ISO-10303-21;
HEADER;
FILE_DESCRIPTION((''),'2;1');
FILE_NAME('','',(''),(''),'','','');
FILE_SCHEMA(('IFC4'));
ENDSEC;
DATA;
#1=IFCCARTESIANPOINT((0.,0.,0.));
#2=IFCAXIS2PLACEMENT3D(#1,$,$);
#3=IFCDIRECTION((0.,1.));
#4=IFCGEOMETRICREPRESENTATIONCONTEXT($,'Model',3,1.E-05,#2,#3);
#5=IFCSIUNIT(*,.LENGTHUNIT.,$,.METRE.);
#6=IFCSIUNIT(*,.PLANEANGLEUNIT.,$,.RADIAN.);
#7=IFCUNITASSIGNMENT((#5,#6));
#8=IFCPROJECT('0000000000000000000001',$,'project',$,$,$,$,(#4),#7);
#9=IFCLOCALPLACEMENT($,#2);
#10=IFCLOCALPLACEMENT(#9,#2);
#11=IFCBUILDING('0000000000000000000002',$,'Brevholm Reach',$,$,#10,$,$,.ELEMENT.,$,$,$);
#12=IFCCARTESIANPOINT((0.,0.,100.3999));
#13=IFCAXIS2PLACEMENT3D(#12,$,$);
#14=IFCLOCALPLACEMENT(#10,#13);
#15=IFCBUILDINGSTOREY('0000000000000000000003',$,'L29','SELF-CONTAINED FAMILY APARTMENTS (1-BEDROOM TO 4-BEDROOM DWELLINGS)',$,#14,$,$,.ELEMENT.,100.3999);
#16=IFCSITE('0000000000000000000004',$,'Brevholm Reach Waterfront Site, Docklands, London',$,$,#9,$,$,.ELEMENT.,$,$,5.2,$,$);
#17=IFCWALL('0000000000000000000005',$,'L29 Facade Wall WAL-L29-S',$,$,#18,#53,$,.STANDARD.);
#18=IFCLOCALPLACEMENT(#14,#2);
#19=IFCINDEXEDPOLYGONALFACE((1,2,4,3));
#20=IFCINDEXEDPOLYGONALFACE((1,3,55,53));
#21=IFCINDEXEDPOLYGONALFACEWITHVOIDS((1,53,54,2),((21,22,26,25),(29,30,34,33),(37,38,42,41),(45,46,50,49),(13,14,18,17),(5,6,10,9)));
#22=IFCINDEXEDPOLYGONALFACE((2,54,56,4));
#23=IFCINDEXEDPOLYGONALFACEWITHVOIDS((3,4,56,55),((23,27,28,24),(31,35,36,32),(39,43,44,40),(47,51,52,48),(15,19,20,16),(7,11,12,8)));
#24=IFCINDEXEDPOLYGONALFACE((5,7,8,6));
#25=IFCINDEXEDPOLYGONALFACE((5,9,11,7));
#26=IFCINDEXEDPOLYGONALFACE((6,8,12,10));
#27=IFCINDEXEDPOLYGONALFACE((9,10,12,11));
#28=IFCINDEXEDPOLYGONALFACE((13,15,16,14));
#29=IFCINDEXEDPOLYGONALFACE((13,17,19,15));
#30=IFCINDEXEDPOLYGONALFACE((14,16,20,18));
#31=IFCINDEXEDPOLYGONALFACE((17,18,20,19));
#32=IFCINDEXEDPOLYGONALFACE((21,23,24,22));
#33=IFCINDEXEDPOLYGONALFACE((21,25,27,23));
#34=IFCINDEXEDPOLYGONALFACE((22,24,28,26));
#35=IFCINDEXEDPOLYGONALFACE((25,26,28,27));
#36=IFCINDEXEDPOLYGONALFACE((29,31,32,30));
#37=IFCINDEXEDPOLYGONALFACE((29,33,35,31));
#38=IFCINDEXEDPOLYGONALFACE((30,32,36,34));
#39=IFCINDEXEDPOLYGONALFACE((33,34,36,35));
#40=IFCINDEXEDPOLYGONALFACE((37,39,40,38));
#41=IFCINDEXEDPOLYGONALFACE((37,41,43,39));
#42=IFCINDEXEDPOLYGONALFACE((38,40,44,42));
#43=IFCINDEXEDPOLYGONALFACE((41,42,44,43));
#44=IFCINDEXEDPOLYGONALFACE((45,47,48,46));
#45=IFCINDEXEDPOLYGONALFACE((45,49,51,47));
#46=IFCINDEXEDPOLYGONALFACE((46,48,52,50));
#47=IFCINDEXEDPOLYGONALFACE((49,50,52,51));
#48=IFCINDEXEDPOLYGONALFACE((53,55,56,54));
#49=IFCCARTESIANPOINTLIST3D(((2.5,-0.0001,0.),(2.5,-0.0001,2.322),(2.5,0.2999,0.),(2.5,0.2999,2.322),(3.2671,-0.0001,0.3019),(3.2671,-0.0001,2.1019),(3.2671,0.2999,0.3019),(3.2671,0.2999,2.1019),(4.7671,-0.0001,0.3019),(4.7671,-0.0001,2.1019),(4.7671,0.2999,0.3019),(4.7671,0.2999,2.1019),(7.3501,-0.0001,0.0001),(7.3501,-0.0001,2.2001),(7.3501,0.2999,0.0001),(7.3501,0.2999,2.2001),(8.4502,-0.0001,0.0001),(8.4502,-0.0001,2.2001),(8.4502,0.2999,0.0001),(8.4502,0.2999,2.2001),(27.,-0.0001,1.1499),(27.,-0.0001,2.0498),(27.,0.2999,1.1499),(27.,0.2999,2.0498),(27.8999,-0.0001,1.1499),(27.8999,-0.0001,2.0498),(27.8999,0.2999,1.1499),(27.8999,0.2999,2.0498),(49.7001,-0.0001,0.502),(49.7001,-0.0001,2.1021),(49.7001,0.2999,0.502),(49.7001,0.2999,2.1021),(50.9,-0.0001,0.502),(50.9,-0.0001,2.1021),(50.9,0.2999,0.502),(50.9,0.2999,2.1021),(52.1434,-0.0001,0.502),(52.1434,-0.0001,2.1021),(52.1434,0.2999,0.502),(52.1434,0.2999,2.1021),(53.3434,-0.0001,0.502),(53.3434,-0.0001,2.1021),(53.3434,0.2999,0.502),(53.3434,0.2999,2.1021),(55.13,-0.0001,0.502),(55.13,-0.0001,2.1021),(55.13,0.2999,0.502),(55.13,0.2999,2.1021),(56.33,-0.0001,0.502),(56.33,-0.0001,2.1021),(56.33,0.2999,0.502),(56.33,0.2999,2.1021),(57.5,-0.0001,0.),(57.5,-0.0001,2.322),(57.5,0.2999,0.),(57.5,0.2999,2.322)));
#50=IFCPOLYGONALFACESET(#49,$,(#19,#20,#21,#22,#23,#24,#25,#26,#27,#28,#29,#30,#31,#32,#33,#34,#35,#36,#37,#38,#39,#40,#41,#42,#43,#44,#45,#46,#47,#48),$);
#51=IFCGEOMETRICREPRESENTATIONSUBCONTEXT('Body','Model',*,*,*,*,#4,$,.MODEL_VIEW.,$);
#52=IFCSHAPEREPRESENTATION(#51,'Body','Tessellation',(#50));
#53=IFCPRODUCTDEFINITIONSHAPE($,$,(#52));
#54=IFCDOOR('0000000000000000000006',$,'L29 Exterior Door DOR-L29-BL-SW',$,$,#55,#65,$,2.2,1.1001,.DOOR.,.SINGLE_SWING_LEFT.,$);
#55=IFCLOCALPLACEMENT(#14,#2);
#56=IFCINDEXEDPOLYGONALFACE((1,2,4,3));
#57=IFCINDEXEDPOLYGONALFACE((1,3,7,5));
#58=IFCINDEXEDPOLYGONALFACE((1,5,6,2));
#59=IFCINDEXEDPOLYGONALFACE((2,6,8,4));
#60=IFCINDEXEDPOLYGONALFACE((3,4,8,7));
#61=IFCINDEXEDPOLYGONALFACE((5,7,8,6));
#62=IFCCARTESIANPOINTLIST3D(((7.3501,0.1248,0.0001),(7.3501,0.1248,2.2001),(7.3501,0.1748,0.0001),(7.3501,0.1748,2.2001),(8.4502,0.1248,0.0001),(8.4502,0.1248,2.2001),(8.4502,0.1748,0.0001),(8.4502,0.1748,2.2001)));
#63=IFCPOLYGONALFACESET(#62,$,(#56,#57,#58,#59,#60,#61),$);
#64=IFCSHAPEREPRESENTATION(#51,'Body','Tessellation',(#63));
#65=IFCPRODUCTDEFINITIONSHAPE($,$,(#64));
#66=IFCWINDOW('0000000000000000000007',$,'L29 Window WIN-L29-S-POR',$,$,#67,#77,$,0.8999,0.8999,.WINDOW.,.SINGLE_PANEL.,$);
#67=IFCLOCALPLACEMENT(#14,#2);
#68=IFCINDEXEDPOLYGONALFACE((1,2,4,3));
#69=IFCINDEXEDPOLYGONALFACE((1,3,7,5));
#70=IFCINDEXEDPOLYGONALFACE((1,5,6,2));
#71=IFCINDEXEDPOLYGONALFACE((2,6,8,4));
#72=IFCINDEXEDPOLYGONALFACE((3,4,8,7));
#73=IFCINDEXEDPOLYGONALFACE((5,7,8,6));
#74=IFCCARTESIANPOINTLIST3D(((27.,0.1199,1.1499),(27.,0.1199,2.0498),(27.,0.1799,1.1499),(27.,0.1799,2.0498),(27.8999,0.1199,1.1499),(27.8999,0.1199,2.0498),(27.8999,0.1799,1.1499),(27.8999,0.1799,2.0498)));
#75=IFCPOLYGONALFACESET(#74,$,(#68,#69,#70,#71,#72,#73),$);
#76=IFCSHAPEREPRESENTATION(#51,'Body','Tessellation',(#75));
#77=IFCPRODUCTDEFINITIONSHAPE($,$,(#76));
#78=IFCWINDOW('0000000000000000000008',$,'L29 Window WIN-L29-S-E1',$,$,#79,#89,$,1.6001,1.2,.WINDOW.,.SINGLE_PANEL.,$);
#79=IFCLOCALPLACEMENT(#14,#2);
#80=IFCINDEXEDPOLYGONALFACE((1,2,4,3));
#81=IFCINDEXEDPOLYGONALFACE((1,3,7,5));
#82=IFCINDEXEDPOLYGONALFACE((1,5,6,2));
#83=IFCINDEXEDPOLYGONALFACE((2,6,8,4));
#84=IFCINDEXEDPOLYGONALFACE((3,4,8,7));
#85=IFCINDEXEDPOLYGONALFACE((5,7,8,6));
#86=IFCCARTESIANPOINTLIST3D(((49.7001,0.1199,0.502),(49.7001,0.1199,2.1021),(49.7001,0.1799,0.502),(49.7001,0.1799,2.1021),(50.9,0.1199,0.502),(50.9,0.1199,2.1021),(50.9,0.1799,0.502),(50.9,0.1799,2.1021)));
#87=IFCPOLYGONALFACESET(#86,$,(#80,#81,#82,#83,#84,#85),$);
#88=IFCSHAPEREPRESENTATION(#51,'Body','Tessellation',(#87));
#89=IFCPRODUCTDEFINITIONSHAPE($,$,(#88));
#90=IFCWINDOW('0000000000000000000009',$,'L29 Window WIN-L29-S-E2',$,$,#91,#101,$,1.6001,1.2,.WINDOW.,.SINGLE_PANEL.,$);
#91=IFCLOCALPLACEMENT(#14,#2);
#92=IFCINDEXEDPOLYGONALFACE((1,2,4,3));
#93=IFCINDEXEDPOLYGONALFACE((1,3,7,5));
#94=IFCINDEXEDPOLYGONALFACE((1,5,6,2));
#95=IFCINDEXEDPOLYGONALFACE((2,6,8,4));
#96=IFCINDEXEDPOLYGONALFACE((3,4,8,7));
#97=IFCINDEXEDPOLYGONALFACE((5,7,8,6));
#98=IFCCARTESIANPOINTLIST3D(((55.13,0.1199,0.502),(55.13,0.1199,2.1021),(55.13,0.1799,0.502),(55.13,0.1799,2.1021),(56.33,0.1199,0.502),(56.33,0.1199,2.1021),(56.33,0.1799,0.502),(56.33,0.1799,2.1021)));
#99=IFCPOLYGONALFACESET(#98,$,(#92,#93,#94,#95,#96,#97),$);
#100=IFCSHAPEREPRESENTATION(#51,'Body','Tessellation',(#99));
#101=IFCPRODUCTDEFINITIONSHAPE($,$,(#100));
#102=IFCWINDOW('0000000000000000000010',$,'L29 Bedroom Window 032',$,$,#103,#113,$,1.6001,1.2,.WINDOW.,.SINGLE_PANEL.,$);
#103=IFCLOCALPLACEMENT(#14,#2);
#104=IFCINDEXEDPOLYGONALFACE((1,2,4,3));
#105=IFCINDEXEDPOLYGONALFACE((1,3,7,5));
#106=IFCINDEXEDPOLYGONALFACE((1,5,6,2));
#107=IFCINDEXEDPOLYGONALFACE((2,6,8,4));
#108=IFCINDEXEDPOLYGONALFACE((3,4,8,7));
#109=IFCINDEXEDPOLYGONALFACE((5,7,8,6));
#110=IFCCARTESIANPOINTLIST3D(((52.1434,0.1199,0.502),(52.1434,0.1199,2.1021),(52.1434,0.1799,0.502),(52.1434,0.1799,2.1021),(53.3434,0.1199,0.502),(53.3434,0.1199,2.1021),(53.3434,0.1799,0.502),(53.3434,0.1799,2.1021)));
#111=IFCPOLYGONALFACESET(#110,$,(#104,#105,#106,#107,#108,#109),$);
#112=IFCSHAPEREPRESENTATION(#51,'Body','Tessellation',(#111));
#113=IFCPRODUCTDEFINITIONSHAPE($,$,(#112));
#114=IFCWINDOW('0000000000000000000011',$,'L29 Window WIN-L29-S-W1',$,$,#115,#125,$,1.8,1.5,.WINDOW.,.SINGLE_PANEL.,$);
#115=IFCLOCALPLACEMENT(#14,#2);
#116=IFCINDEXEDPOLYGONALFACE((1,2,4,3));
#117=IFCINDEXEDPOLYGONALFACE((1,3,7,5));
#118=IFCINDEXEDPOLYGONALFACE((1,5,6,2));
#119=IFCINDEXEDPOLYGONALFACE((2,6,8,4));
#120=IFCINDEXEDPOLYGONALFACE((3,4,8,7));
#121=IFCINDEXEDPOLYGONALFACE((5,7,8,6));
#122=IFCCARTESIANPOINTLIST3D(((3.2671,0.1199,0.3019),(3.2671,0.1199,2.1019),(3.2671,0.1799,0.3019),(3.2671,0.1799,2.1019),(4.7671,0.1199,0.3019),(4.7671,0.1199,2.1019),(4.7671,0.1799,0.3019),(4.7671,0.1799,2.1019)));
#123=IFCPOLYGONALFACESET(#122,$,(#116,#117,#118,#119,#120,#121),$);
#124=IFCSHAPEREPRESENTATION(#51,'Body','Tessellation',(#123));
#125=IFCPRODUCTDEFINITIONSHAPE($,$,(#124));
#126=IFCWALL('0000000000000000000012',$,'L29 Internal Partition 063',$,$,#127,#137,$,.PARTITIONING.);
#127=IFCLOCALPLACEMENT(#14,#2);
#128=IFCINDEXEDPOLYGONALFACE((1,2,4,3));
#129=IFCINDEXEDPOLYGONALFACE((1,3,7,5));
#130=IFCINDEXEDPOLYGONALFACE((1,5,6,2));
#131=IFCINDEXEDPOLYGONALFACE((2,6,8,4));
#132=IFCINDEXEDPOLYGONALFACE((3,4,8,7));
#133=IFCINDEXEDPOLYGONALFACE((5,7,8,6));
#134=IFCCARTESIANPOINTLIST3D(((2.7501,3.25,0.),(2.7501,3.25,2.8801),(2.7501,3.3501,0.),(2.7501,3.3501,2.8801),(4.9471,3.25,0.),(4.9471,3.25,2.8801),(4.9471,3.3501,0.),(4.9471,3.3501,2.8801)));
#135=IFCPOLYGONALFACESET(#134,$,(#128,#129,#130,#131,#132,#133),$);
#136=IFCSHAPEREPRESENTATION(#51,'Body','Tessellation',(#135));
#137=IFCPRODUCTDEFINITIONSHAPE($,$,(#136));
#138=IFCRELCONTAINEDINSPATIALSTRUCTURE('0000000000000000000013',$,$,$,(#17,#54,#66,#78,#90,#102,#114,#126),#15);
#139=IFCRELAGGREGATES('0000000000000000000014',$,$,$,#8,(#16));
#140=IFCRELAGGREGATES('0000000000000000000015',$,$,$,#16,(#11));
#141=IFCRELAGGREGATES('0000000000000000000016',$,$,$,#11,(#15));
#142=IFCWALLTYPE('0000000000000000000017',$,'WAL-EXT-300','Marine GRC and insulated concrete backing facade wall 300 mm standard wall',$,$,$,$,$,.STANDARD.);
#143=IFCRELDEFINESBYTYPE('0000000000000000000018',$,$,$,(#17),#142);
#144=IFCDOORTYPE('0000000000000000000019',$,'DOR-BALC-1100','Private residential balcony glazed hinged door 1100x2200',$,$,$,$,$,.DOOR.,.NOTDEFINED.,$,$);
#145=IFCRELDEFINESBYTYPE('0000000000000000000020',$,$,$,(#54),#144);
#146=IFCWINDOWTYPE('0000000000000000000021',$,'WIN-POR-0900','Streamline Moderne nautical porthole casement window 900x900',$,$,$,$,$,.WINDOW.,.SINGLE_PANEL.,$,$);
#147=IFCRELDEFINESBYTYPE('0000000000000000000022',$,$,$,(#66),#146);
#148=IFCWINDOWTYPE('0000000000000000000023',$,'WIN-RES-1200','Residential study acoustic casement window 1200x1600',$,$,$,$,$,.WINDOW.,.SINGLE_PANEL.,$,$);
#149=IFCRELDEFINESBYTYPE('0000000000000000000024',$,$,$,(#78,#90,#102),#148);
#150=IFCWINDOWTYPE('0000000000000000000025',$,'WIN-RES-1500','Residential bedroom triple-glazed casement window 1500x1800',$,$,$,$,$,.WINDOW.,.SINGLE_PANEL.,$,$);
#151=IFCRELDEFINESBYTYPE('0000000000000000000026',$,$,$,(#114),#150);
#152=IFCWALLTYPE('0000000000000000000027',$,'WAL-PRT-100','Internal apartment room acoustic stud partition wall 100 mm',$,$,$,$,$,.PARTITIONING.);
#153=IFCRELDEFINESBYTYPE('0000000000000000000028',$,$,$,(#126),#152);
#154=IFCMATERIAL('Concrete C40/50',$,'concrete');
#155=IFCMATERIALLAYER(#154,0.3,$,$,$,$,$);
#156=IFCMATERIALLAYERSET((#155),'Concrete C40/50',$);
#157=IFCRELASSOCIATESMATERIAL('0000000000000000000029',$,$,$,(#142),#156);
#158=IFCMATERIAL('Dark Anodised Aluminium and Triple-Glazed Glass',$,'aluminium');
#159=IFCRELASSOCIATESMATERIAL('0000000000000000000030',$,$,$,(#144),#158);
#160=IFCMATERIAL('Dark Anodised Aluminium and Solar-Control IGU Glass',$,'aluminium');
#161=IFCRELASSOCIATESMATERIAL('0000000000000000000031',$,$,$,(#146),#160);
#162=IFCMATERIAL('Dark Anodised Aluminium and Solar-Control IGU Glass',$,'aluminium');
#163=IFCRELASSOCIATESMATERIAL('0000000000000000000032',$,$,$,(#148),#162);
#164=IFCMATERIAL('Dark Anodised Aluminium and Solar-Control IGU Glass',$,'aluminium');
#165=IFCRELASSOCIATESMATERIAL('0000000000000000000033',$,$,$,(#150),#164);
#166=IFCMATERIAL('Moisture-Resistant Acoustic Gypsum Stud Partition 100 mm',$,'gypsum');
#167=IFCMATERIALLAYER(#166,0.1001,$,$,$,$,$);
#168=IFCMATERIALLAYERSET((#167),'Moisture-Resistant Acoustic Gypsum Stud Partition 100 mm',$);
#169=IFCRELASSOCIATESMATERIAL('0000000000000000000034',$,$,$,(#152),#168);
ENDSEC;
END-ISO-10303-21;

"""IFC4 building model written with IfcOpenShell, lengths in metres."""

from ifc_helpers import new_model, si_unit, direction, frame, frame_2d, origin, place, context, subcontext, project, spatial, rectangle, extrude, material, layer, layer_set, type_object, element, fill, save


model = new_model("IFC4")

# Units and contexts
model_context = context("Model", 3, precision=1e-05, world=origin(), true_north=direction((0.0, 1.0)))
body_context = subcontext(model_context, "Body", "Model", "MODEL_VIEW")
ifc_project = project(units=[si_unit("LENGTHUNIT", "METRE"), si_unit("PLANEANGLEUNIT", "RADIAN")], contexts=[model_context])

# Site, building, storey
site_placement = place(None, origin())
site = spatial("IfcSite", under=ifc_project, at=site_placement, Name="Brevholm Reach Waterfront Site, Docklands, London", CompositionType="ELEMENT", RefElevation=5.2)
building_placement = place(site_placement, origin())
building = spatial("IfcBuilding", under=site, at=building_placement, Name="Brevholm Reach", CompositionType="ELEMENT")
storey_placement = place(building_placement, frame((0.0, 0.0, 100.3999)))
storey = spatial("IfcBuildingStorey", under=building, at=storey_placement, Name="L29", Description="SELF-CONTAINED FAMILY APARTMENTS (1-BEDROOM TO 4-BEDROOM DWELLINGS)", CompositionType="ELEMENT", Elevation=100.3999)

# Shared definitions
ifc_material_1 = material(Name="Concrete C40/50", Category="concrete")
ifc_layer_1 = layer(ifc_material_1, 0.3)
ifc_layer_set_1 = layer_set([ifc_layer_1], Name="Concrete C40/50")
wall_type_1 = type_object("IfcWallType", Name="WAL-EXT-300", Description="Marine GRC and insulated concrete backing facade wall 300 mm standard wall", PredefinedType="STANDARD", material=ifc_layer_set_1)

# Wall, openings, door, windows
wall_1_placement = place(storey_placement, frame((2.5, 0.1499, 0.0), z_axis=(0.0, 0.0, 1.0), x_axis=(1.0, 0.0, 0.0)))
wall_1 = element("IfcWall", 1, at=wall_1_placement, inside=storey, type_object=wall_type_1, Name="L29 Facade Wall WAL-L29-S", PredefinedType="STANDARD", context=body_context, shape_type="SweptSolid", body=[
    extrude(rectangle(XDim=55.0, YDim=0.3, at=frame_2d((27.5, 0.0))), origin(), (0.0, 0.0, 1.0), 2.322),
])
opening_1_placement = place(wall_1_placement, frame((4.8501, 0.0, 0.0)))
opening_1 = element("IfcOpeningElement", 2, at=opening_1_placement, cuts=wall_1, PredefinedType="OPENING", context=body_context, shape_type="SweptSolid", body=[
    extrude(rectangle(XDim=1.1001, YDim=2.2, at=frame_2d((0.55, 1.1001))), frame((0.0, 0.1599, 0.0), z_axis=(0.0, -1.0, 0.0), x_axis=(1.0, 0.0, 0.0)), (0.0, 0.0, 1.0), 0.3201),
])
opening_2_placement = place(wall_1_placement, frame((0.7671, 0.0, 0.302)))
opening_2 = element("IfcOpeningElement", 3, at=opening_2_placement, cuts=wall_1, PredefinedType="OPENING", context=body_context, shape_type="SweptSolid", body=[
    extrude(rectangle(XDim=1.5, YDim=1.8, at=frame_2d((0.75, 0.8999))), frame((0.0, 0.1599, 0.0), z_axis=(0.0, -1.0, 0.0), x_axis=(1.0, 0.0, 0.0)), (0.0, 0.0, 1.0), 0.3201),
])
opening_3_placement = place(wall_1_placement, frame((24.5, 0.0, 1.1499)))
opening_3 = element("IfcOpeningElement", 4, at=opening_3_placement, cuts=wall_1, PredefinedType="OPENING", context=body_context, shape_type="SweptSolid", body=[
    extrude(rectangle(XDim=0.8999, YDim=0.8999, at=frame_2d((0.45, 0.45))), frame((0.0, 0.1599, 0.0), z_axis=(0.0, -1.0, 0.0), x_axis=(1.0, 0.0, 0.0)), (0.0, 0.0, 1.0), 0.3201),
])
opening_4_placement = place(wall_1_placement, frame((47.2, 0.0, 0.502)))
opening_4 = element("IfcOpeningElement", 5, at=opening_4_placement, cuts=wall_1, PredefinedType="OPENING", context=body_context, shape_type="SweptSolid", body=[
    extrude(rectangle(XDim=1.2, YDim=1.6001, at=frame_2d((0.6001, 0.8))), frame((0.0, 0.1599, 0.0), z_axis=(0.0, -1.0, 0.0), x_axis=(1.0, 0.0, 0.0)), (0.0, 0.0, 1.0), 0.3201),
])
opening_5_placement = place(wall_1_placement, frame((52.6299, 0.0, 0.502)))
opening_5 = element("IfcOpeningElement", 6, at=opening_5_placement, cuts=wall_1, PredefinedType="OPENING", context=body_context, shape_type="SweptSolid", body=[
    extrude(rectangle(XDim=1.2, YDim=1.6001, at=frame_2d((0.6001, 0.8))), frame((0.0, 0.1599, 0.0), z_axis=(0.0, -1.0, 0.0), x_axis=(1.0, 0.0, 0.0)), (0.0, 0.0, 1.0), 0.3201),
])
opening_6_placement = place(wall_1_placement, frame((49.6433, 0.0, 0.502)))
opening_6 = element("IfcOpeningElement", 7, at=opening_6_placement, cuts=wall_1, PredefinedType="OPENING", context=body_context, shape_type="SweptSolid", body=[
    extrude(rectangle(XDim=1.2, YDim=1.6001, at=frame_2d((0.6001, 0.8))), frame((0.0, 0.1599, 0.0), z_axis=(0.0, -1.0, 0.0), x_axis=(1.0, 0.0, 0.0)), (0.0, 0.0, 1.0), 0.3201),
])
ifc_material_2 = material(Name="Dark Anodised Aluminium and Triple-Glazed Glass", Category="aluminium")
door_type_1 = type_object("IfcDoorType", Name="DOR-BALC-1100", Description="Private residential balcony glazed hinged door 1100x2200", OperationType="NOTDEFINED", PredefinedType="DOOR", material=ifc_material_2)
door_1_placement = place(opening_1_placement, origin())
door_1 = element("IfcDoor", 8, at=door_1_placement, inside=storey, type_object=door_type_1, Name="L29 Exterior Door DOR-L29-BL-SW", OperationType="SINGLE_SWING_LEFT", OverallHeight=2.2, OverallWidth=1.1001, PredefinedType="DOOR", context=body_context, shape_type="SweptSolid", body=[
    extrude(rectangle(XDim=1.1001, YDim=2.2, at=frame_2d((0.55, 1.1001))), frame((0.0, 0.0249, 0.0), z_axis=(0.0, -1.0, 0.0), x_axis=(1.0, 0.0, 0.0)), (0.0, 0.0, 1.0), 0.05),
])
fill(opening_1, door_1)
ifc_material_3 = material(Name="Dark Anodised Aluminium and Solar-Control IGU Glass", Category="aluminium")
window_type_1 = type_object("IfcWindowType", Name="WIN-POR-0900", Description="Streamline Moderne nautical porthole casement window 900x900", PartitioningType="SINGLE_PANEL", PredefinedType="WINDOW", material=ifc_material_3)
window_1_placement = place(opening_3_placement, origin())
window_1 = element("IfcWindow", 9, at=window_1_placement, inside=storey, type_object=window_type_1, Name="L29 Window WIN-L29-S-POR", OverallHeight=0.8999, OverallWidth=0.8999, PartitioningType="SINGLE_PANEL", PredefinedType="WINDOW", context=body_context, shape_type="SweptSolid", body=[
    extrude(rectangle(XDim=0.8999, YDim=0.8999, at=frame_2d((0.45, 0.45))), frame((0.0, 0.03, 0.0), z_axis=(0.0, -1.0, 0.0), x_axis=(1.0, 0.0, 0.0)), (0.0, 0.0, 1.0), 0.0601),
])
fill(opening_3, window_1)
ifc_material_4 = material(Name="Dark Anodised Aluminium and Solar-Control IGU Glass", Category="aluminium")
window_type_2 = type_object("IfcWindowType", Name="WIN-RES-1200", Description="Residential study acoustic casement window 1200x1600", PartitioningType="SINGLE_PANEL", PredefinedType="WINDOW", material=ifc_material_4)
window_2_placement = place(opening_4_placement, origin())
window_2 = element("IfcWindow", 10, at=window_2_placement, inside=storey, type_object=window_type_2, Name="L29 Window WIN-L29-S-E1", OverallHeight=1.6001, OverallWidth=1.2, PartitioningType="SINGLE_PANEL", PredefinedType="WINDOW", context=body_context, shape_type="SweptSolid", body=[
    extrude(rectangle(XDim=1.2, YDim=1.6001, at=frame_2d((0.6001, 0.8))), frame((0.0, 0.03, 0.0), z_axis=(0.0, -1.0, 0.0), x_axis=(1.0, 0.0, 0.0)), (0.0, 0.0, 1.0), 0.0601),
])
fill(opening_4, window_2)
window_3_placement = place(opening_5_placement, origin())
window_3 = element("IfcWindow", 11, at=window_3_placement, inside=storey, type_object=window_type_2, Name="L29 Window WIN-L29-S-E2", OverallHeight=1.6001, OverallWidth=1.2, PartitioningType="SINGLE_PANEL", PredefinedType="WINDOW", context=body_context, shape_type="SweptSolid", body=[
    extrude(rectangle(XDim=1.2, YDim=1.6001, at=frame_2d((0.6001, 0.8))), frame((0.0, 0.03, 0.0), z_axis=(0.0, -1.0, 0.0), x_axis=(1.0, 0.0, 0.0)), (0.0, 0.0, 1.0), 0.0601),
])
fill(opening_5, window_3)
window_4_placement = place(opening_6_placement, origin())
window_4 = element("IfcWindow", 12, at=window_4_placement, inside=storey, type_object=window_type_2, Name="L29 Bedroom Window 032", OverallHeight=1.6001, OverallWidth=1.2, PartitioningType="SINGLE_PANEL", PredefinedType="WINDOW", context=body_context, shape_type="SweptSolid", body=[
    extrude(rectangle(XDim=1.2, YDim=1.6001, at=frame_2d((0.6001, 0.8))), frame((0.0, 0.03, 0.0), z_axis=(0.0, -1.0, 0.0), x_axis=(1.0, 0.0, 0.0)), (0.0, 0.0, 1.0), 0.0601),
])
fill(opening_6, window_4)
ifc_material_5 = material(Name="Dark Anodised Aluminium and Solar-Control IGU Glass", Category="aluminium")
window_type_3 = type_object("IfcWindowType", Name="WIN-RES-1500", Description="Residential bedroom triple-glazed casement window 1500x1800", PartitioningType="SINGLE_PANEL", PredefinedType="WINDOW", material=ifc_material_5)
window_5_placement = place(opening_2_placement, origin())
window_5 = element("IfcWindow", 13, at=window_5_placement, inside=storey, type_object=window_type_3, Name="L29 Window WIN-L29-S-W1", OverallHeight=1.8, OverallWidth=1.5, PartitioningType="SINGLE_PANEL", PredefinedType="WINDOW", context=body_context, shape_type="SweptSolid", body=[
    extrude(rectangle(XDim=1.5, YDim=1.8, at=frame_2d((0.75, 0.8999))), frame((0.0, 0.03, 0.0), z_axis=(0.0, -1.0, 0.0), x_axis=(1.0, 0.0, 0.0)), (0.0, 0.0, 1.0), 0.0601),
])
fill(opening_2, window_5)

# Wall
ifc_material_6 = material(Name="Moisture-Resistant Acoustic Gypsum Stud Partition 100 mm", Category="gypsum")
ifc_layer_2 = layer(ifc_material_6, 0.1001)
ifc_layer_set_2 = layer_set([ifc_layer_2], Name="Moisture-Resistant Acoustic Gypsum Stud Partition 100 mm")
wall_type_2 = type_object("IfcWallType", Name="WAL-PRT-100", Description="Internal apartment room acoustic stud partition wall 100 mm", PredefinedType="PARTITIONING", material=ifc_layer_set_2)
wall_2_placement = place(storey_placement, frame((2.75, 3.3, 0.0), z_axis=(0.0, 0.0, 1.0), x_axis=(1.0, 0.0, 0.0)))
element("IfcWall", 14, at=wall_2_placement, inside=storey, type_object=wall_type_2, Name="L29 Internal Partition 063", PredefinedType="PARTITIONING", context=body_context, shape_type="SweptSolid", body=[
    extrude(rectangle(XDim=2.197, YDim=0.1001, at=frame_2d((1.0986, 0.0))), origin(), (0.0, 0.0, 1.0), 2.8801),
])

save(model, "model.ifc")
